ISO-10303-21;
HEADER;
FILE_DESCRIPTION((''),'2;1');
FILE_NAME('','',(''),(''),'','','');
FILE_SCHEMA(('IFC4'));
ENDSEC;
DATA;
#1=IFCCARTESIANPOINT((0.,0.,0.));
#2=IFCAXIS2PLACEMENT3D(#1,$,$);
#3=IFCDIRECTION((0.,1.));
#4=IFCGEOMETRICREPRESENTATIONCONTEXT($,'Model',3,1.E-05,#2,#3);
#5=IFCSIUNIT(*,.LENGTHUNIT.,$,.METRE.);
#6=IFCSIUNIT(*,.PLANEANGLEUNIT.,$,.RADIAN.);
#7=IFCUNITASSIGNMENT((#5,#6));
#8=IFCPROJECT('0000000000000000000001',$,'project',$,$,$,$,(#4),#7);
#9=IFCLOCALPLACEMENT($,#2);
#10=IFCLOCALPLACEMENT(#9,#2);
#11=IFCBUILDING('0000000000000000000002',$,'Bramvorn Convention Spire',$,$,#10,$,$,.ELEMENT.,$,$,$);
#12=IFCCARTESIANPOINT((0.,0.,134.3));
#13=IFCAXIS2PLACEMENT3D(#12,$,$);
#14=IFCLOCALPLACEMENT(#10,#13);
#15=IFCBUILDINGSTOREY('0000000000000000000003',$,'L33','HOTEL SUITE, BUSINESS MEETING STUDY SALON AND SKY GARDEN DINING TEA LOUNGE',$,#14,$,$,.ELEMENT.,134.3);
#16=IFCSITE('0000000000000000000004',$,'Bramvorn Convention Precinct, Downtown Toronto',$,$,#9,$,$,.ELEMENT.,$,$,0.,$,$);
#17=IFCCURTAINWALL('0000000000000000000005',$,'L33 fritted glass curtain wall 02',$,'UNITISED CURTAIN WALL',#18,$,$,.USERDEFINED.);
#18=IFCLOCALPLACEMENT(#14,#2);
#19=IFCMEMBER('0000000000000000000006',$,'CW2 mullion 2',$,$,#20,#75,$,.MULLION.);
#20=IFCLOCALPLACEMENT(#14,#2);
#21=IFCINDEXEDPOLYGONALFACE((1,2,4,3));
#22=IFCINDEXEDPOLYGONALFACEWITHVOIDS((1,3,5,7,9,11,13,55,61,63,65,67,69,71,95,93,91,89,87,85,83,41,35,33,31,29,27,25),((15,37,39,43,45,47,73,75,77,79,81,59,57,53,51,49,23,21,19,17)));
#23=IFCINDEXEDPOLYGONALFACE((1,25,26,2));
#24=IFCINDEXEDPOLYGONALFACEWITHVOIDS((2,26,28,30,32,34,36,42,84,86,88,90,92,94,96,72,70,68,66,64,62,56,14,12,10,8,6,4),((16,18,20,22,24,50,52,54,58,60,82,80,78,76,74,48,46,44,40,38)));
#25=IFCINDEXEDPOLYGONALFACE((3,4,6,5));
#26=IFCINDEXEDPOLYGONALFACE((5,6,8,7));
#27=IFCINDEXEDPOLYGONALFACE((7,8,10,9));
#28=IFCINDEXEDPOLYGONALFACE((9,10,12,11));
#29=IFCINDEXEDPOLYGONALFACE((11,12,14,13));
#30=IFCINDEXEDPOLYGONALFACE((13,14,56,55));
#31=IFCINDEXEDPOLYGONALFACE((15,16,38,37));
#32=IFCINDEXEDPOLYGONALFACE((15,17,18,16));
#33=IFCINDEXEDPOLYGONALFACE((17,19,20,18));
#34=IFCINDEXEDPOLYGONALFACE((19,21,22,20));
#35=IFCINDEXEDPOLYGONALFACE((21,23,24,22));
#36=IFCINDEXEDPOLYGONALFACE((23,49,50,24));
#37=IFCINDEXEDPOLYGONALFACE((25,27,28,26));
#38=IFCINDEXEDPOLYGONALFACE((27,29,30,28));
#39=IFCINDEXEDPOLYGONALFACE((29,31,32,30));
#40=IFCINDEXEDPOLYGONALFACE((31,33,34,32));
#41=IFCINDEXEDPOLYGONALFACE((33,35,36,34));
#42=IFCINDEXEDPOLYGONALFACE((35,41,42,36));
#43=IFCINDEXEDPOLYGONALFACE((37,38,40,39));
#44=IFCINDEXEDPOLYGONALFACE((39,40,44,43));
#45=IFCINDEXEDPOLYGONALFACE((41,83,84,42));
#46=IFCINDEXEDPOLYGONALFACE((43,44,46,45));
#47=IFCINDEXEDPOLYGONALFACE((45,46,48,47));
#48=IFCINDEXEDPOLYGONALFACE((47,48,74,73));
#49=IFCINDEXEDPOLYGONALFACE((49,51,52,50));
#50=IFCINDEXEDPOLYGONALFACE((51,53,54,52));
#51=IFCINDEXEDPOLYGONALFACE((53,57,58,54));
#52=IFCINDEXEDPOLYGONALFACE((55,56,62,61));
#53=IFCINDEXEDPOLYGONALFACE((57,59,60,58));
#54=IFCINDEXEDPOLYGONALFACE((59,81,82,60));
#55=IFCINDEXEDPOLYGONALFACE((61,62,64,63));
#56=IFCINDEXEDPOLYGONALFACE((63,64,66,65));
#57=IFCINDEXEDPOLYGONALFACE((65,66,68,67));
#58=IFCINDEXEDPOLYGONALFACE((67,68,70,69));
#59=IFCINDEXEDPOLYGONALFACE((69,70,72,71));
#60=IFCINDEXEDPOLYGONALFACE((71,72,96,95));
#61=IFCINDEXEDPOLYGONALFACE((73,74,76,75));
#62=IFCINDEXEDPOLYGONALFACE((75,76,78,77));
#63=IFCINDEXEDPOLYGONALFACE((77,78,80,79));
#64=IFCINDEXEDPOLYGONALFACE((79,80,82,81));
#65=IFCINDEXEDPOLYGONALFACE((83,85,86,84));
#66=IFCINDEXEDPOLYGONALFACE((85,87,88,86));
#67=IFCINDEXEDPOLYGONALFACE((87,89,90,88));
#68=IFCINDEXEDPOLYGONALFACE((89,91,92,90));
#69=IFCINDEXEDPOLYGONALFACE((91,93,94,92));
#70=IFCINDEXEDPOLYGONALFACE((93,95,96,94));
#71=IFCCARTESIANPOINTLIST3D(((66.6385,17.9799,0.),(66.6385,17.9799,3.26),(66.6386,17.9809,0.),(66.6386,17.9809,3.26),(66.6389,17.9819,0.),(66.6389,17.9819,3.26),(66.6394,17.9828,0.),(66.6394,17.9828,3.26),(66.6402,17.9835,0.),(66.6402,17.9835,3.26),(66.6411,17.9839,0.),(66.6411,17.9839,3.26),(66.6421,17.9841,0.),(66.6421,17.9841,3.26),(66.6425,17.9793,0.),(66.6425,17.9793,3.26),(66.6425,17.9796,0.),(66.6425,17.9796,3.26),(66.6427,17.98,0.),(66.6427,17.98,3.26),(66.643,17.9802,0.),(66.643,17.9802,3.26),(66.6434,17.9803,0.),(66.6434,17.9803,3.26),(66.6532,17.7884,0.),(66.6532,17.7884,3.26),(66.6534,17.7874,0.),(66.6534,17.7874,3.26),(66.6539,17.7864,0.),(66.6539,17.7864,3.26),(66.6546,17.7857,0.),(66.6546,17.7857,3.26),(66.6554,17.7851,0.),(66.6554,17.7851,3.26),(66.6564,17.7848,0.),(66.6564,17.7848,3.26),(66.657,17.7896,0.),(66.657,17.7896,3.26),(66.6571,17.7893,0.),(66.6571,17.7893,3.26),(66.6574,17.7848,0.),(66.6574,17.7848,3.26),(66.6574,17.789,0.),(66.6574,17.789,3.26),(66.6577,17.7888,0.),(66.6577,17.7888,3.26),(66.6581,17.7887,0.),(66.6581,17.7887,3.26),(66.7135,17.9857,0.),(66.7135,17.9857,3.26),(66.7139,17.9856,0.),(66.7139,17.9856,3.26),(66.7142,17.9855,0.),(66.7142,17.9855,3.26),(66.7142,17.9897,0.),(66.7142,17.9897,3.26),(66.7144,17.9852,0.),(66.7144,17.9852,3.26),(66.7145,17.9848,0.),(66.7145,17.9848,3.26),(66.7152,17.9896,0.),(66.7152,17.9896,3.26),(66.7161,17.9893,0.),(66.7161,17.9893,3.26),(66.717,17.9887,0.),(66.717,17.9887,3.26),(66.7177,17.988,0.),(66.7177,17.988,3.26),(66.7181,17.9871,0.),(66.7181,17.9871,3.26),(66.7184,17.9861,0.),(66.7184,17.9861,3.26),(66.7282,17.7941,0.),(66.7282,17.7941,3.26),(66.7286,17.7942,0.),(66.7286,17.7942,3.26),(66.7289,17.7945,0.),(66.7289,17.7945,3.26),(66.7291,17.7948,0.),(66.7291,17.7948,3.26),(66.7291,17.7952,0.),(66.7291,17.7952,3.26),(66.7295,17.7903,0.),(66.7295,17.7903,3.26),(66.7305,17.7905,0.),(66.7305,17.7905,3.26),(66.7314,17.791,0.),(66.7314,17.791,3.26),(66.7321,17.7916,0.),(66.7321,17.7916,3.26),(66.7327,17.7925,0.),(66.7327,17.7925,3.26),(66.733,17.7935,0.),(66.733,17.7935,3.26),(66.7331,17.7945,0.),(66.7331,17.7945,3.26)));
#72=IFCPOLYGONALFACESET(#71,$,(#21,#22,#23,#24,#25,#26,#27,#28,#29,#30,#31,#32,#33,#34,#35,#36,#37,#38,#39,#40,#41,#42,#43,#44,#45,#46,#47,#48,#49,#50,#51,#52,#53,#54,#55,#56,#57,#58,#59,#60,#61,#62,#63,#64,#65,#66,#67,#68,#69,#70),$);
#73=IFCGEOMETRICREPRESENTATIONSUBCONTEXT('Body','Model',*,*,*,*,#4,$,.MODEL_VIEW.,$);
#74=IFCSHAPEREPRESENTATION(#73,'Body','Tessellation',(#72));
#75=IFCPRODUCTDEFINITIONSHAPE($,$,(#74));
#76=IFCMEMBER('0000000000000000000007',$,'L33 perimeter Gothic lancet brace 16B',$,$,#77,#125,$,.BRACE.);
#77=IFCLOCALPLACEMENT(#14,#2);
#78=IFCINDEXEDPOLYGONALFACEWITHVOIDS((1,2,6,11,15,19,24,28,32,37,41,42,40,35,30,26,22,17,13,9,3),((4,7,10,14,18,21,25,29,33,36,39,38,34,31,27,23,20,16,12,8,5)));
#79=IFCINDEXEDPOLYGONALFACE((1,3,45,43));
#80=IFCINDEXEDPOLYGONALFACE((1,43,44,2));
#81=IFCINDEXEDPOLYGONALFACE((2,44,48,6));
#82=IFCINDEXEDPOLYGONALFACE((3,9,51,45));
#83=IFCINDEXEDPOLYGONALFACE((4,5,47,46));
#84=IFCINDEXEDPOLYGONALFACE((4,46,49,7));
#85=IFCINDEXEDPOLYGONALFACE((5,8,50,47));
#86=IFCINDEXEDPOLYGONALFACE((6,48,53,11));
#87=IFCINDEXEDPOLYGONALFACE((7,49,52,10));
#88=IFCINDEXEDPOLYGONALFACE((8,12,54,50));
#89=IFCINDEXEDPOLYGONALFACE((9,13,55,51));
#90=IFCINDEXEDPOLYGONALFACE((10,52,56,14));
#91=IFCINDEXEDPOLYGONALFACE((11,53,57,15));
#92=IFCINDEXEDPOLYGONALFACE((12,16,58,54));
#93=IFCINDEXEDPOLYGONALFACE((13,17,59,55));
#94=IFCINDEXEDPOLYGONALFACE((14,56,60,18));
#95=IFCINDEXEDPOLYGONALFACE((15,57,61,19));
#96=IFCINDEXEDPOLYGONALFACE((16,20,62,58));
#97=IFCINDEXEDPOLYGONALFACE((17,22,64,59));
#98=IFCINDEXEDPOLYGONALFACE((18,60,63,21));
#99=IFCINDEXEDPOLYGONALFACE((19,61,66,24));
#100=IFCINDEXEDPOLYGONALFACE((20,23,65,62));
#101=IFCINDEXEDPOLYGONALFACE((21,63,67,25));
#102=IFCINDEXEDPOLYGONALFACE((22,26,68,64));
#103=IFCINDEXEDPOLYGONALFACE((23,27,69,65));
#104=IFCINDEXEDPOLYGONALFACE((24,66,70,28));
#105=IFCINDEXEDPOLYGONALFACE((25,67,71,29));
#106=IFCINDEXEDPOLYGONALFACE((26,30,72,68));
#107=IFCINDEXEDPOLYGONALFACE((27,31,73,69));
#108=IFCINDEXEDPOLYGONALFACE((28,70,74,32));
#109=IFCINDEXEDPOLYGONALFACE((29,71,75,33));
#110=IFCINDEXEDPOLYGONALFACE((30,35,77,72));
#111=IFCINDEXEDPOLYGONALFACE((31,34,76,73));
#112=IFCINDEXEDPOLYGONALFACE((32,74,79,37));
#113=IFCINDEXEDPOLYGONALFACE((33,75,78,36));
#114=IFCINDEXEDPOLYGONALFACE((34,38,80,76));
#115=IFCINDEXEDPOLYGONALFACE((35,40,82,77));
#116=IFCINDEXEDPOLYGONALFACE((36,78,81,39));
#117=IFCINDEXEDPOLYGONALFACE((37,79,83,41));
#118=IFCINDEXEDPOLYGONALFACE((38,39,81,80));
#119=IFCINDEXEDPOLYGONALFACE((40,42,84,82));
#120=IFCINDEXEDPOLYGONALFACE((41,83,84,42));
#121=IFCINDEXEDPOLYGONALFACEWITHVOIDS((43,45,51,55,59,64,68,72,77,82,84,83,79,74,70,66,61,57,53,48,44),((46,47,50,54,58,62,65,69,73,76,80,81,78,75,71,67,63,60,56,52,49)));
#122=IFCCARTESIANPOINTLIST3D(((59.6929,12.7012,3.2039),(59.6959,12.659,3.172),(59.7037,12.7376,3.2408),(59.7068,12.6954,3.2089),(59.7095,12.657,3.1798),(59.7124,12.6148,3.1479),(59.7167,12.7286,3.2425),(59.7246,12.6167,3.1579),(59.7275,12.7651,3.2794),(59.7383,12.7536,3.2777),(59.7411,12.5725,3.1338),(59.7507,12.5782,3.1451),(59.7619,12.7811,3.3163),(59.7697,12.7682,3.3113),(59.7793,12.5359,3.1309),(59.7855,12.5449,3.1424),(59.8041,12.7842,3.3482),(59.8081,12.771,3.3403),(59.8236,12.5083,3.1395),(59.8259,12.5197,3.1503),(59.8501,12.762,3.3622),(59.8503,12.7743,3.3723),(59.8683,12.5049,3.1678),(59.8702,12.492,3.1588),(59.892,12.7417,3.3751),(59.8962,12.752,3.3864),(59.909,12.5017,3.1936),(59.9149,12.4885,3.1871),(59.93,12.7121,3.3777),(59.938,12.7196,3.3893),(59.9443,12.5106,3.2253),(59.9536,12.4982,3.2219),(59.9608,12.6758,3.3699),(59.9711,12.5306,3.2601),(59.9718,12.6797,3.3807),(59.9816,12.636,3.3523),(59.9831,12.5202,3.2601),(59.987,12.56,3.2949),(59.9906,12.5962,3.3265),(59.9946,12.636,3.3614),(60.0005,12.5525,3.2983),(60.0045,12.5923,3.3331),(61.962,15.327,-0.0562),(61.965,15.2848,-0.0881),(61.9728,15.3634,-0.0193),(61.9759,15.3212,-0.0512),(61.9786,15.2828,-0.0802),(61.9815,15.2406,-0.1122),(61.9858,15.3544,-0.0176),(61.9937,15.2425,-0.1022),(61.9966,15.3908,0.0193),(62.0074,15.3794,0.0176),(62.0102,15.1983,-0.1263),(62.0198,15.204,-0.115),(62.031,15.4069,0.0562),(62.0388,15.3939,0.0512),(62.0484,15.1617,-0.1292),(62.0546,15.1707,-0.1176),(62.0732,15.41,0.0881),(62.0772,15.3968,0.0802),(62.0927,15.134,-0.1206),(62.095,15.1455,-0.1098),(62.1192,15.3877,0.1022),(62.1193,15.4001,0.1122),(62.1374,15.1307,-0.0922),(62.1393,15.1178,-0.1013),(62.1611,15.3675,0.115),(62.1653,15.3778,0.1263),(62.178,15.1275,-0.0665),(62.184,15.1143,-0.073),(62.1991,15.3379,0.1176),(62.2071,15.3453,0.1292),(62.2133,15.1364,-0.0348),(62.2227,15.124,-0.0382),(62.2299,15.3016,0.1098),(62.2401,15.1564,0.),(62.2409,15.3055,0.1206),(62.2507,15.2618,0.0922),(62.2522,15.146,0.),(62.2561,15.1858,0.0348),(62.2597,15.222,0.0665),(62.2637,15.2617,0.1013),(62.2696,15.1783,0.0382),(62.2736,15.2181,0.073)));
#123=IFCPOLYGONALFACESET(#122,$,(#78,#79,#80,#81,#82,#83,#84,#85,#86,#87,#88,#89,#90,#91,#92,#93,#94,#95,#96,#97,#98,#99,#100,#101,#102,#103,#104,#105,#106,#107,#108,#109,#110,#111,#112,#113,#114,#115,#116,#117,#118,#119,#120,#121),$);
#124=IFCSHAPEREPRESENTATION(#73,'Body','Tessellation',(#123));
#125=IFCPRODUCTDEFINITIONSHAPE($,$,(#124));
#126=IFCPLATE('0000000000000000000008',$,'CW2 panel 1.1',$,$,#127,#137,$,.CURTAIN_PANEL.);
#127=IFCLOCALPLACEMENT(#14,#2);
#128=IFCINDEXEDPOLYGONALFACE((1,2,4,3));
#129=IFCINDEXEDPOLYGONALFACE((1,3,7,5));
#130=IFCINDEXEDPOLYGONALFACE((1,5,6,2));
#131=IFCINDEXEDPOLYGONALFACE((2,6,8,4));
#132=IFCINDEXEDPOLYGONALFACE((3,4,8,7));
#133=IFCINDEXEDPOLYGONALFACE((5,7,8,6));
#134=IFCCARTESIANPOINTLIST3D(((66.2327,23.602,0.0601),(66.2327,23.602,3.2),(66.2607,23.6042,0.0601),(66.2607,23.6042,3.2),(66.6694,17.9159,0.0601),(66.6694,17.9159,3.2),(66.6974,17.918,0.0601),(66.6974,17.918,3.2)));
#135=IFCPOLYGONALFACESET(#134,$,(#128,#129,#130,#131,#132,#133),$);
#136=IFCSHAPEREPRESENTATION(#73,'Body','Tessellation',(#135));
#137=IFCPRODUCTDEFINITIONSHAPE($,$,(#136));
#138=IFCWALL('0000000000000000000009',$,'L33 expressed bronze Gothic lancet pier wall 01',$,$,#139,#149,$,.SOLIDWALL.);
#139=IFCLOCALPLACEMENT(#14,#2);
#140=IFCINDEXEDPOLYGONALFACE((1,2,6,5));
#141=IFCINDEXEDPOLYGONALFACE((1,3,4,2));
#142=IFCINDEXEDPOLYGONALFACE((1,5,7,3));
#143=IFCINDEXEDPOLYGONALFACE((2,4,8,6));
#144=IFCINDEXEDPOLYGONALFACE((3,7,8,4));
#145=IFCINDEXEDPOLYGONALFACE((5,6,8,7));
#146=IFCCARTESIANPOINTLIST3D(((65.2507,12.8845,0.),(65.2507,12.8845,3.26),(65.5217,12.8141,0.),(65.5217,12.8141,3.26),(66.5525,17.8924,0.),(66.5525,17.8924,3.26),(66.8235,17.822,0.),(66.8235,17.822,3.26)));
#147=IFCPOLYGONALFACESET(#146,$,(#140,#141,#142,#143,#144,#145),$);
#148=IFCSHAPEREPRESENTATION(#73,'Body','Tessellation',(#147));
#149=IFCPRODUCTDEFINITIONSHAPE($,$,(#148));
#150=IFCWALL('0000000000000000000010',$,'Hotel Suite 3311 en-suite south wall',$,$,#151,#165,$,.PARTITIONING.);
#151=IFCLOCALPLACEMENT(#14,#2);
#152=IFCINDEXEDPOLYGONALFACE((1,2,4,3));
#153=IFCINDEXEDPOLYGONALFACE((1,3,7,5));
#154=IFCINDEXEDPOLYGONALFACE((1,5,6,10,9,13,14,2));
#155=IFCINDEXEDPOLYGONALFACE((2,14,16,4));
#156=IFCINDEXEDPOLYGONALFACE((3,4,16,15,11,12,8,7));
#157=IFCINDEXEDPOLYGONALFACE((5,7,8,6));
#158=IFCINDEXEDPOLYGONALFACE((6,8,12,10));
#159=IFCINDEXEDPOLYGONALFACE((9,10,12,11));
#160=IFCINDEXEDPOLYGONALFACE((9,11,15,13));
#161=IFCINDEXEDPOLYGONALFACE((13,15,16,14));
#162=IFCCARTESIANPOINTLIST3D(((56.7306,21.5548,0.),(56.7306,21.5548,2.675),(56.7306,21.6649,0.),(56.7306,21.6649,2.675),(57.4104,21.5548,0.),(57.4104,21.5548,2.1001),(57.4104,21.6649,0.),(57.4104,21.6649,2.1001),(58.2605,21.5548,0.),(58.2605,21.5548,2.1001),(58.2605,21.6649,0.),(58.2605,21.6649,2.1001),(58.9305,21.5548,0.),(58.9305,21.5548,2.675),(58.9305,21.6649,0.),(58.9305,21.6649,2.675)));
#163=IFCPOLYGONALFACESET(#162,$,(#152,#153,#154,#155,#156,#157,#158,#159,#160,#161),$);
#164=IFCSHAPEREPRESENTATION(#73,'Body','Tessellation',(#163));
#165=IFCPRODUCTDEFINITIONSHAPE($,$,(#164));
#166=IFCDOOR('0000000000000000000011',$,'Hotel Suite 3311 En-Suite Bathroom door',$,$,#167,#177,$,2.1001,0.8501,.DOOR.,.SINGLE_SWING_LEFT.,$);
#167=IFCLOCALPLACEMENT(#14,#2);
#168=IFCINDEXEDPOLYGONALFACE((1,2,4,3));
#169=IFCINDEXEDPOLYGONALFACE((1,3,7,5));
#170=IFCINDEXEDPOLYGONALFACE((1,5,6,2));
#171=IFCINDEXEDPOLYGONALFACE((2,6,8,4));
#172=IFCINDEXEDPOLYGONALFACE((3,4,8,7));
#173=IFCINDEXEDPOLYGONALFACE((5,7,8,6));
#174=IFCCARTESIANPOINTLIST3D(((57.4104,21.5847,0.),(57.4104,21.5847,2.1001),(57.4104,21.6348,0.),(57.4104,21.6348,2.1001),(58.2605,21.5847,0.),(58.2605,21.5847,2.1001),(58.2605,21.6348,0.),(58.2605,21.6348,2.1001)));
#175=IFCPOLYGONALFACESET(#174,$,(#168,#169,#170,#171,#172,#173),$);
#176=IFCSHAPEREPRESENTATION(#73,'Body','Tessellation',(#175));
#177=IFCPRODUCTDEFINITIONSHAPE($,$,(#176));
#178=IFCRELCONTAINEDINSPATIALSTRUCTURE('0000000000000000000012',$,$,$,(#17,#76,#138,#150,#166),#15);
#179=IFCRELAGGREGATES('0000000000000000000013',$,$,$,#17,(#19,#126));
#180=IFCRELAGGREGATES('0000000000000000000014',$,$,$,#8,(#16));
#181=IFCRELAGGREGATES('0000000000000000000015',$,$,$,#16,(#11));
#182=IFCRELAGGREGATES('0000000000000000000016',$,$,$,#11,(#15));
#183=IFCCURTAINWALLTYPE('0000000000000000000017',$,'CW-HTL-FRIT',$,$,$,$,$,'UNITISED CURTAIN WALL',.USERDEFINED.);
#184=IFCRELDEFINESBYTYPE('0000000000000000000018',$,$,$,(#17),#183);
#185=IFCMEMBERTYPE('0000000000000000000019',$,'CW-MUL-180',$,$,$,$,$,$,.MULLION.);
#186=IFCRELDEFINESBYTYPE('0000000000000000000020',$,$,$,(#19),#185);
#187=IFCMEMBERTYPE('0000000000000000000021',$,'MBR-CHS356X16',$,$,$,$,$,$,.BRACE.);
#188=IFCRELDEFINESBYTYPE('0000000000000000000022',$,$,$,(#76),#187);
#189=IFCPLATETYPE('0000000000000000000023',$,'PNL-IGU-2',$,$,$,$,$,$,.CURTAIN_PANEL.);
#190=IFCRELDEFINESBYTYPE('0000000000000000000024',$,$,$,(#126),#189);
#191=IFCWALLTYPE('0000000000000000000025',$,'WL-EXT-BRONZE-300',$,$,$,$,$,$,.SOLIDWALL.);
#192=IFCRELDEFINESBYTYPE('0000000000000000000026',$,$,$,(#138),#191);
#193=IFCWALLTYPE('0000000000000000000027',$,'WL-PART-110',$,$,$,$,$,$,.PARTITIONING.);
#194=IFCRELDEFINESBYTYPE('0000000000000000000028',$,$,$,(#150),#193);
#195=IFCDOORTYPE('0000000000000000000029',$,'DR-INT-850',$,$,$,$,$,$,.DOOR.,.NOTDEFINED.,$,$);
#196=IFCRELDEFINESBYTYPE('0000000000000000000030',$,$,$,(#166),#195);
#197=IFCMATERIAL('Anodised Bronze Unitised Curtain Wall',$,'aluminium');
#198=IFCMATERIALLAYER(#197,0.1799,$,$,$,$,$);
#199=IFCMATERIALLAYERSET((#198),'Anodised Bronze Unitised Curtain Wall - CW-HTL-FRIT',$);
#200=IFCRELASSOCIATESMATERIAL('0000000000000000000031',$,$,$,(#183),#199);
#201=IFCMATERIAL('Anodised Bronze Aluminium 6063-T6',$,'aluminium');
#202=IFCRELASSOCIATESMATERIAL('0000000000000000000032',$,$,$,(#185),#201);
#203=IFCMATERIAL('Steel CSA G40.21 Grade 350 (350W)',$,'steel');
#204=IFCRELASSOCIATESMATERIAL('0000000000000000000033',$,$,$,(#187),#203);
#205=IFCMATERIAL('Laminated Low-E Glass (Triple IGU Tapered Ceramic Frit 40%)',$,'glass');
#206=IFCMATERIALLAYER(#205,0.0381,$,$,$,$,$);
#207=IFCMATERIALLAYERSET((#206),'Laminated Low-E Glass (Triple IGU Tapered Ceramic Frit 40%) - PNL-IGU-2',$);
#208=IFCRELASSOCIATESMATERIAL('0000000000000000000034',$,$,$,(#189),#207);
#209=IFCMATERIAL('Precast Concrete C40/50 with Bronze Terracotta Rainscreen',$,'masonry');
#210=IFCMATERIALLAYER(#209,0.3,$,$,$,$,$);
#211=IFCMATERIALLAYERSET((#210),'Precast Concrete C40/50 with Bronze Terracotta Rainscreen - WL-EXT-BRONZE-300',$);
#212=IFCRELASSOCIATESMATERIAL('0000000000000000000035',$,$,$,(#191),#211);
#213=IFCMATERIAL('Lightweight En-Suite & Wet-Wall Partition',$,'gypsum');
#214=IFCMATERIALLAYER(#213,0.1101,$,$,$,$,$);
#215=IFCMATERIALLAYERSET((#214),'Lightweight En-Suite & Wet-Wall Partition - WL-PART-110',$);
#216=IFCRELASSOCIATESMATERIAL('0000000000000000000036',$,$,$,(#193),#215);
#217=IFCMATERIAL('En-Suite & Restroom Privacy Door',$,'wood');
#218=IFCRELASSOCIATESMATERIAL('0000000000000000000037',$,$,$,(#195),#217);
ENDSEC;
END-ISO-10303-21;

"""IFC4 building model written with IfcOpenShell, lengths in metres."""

from ifc_helpers import new_model, si_unit, direction, frame, frame_2d, origin, origin_2d, place, context, subcontext, project, spatial, rectangle, hollow_rectangle, hollow_circle, extrude, material, layer, layer_set, material_profile, profile_set, type_object, element, fill, aggregate, save


model = new_model("IFC4")

# Units and contexts
model_context = context("Model", 3, precision=1e-05, world=origin(), true_north=direction((0.0, 1.0)))
body_context = subcontext(model_context, "Body", "Model", "MODEL_VIEW")
ifc_project = project(units=[si_unit("LENGTHUNIT", "METRE"), si_unit("PLANEANGLEUNIT", "RADIAN")], contexts=[model_context])

# Site, building, storey
site_placement = place(None, origin())
site = spatial("IfcSite", under=ifc_project, at=site_placement, Name="Bramvorn Convention Precinct, Downtown Toronto", CompositionType="ELEMENT", RefElevation=0.0)
building_placement = place(site_placement, origin())
building = spatial("IfcBuilding", under=site, at=building_placement, Name="Bramvorn Convention Spire", CompositionType="ELEMENT")
storey_placement = place(building_placement, frame((0.0, 0.0, 134.3)))
storey = spatial("IfcBuildingStorey", under=building, at=storey_placement, Name="L33", Description="HOTEL SUITE, BUSINESS MEETING STUDY SALON AND SKY GARDEN DINING TEA LOUNGE", CompositionType="ELEMENT", Elevation=134.3)

# Shared definitions
ifc_material_1 = material(Name="Steel CSA G40.21 Grade 350 (350W)", Category="steel")

# Curtain wall, member
ifc_material_2 = material(Name="Anodised Bronze Unitised Curtain Wall", Category="aluminium")
ifc_layer_1 = layer(ifc_material_2, 0.1799)
ifc_layer_set_1 = layer_set([ifc_layer_1], Name="Anodised Bronze Unitised Curtain Wall - CW-HTL-FRIT")
curtain_wall_type = type_object("IfcCurtainWallType", Name="CW-HTL-FRIT", ElementType="UNITISED CURTAIN WALL", PredefinedType="USERDEFINED", material=ifc_layer_set_1)
curtain_wall_placement = place(storey_placement, origin())
curtain_wall = element("IfcCurtainWall", 1, at=curtain_wall_placement, inside=storey, type_object=curtain_wall_type, Name="L33 fritted glass curtain wall 02", ObjectType="UNITISED CURTAIN WALL", PredefinedType="USERDEFINED")
ifc_material_3 = material(Name="Anodised Bronze Aluminium 6063-T6", Category="aluminium")
ifc_material_profile_1 = material_profile(ifc_material_3, hollow_rectangle(XDim=0.0801, YDim=0.2, WallThickness=0.0039, InnerFilletRadius=0.001, OuterFilletRadius=0.0039, at=origin_2d()))
ifc_profile_set_1 = profile_set([ifc_material_profile_1], Name="Anodised Bronze Aluminium 6063-T6 - CWM80X200")
member_type_1 = type_object("IfcMemberType", Name="CW-MUL-180", PredefinedType="MULLION", material=ifc_profile_set_1)
member_1_placement = place(storey_placement, frame((66.6858, 17.8872, 0.0), z_axis=(0.0, 0.0, 1.0), x_axis=(0.997064, 0.076578, 0.0)))
member_1 = element("IfcMember", 2, at=member_1_placement, type_object=member_type_1, Name="CW2 mullion 2", PredefinedType="MULLION", context=body_context, shape_type="SweptSolid", body=[
    extrude(hollow_rectangle(XDim=0.0801, YDim=0.2, WallThickness=0.0039, InnerFilletRadius=0.001, OuterFilletRadius=0.0039, at=origin_2d()), origin(), (0.0, 0.0, 1.0), 3.26),
])

# Member
ifc_material_profile_2 = material_profile(ifc_material_1, hollow_circle(Radius=0.1777, WallThickness=0.0159, at=origin_2d()))
ifc_profile_set_2 = profile_set([ifc_material_profile_2], Name="Steel CSA G40.21 Grade 350 (350W) - CHS356X16")
member_type_2 = type_object("IfcMemberType", Name="MBR-CHS356X16", PredefinedType="BRACE", material=ifc_profile_set_2)
member_2_placement = place(storey_placement, frame((62.1177, 15.2622, 0.0), z_axis=(-0.476552, -0.551465, 0.684678), x_axis=(0.756628, -0.653845, 0.0)))
element("IfcMember", 3, at=member_2_placement, inside=storey, type_object=member_type_2, Name="L33 perimeter Gothic lancet brace 16B", PredefinedType="BRACE", context=body_context, shape_type="SweptSolid", body=[
    extrude(hollow_circle(Radius=0.1777, WallThickness=0.0159, at=origin_2d()), origin(), (0.0, 0.0, 1.0), 4.7615),
])

# Plate
ifc_material_4 = material(Name="Laminated Low-E Glass (Triple IGU Tapered Ceramic Frit 40%)", Category="glass")
ifc_layer_2 = layer(ifc_material_4, 0.0381)
ifc_layer_set_2 = layer_set([ifc_layer_2], Name="Laminated Low-E Glass (Triple IGU Tapered Ceramic Frit 40%) - PNL-IGU-2")
plate_type = type_object("IfcPlateType", Name="PNL-IGU-2", PredefinedType="CURTAIN_PANEL", material=ifc_layer_set_2)
plate_placement = place(storey_placement, frame((66.4651, 20.76, 0.0601), z_axis=(0.0, 0.0, 1.0), x_axis=(0.076578, -0.997064, 0.0)))
plate = element("IfcPlate", 4, at=plate_placement, type_object=plate_type, Name="CW2 panel 1.1", PredefinedType="CURTAIN_PANEL", context=body_context, shape_type="SweptSolid", body=[
    extrude(rectangle(XDim=5.7029, YDim=0.0281, at=origin_2d()), origin(), (0.0, 0.0, 1.0), 3.1399),
])
aggregate(curtain_wall, [member_1, plate])

# Wall
ifc_material_5 = material(Name="Precast Concrete C40/50 with Bronze Terracotta Rainscreen", Category="masonry")
ifc_layer_3 = layer(ifc_material_5, 0.3)
ifc_layer_set_3 = layer_set([ifc_layer_3], Name="Precast Concrete C40/50 with Bronze Terracotta Rainscreen - WL-EXT-BRONZE-300")
wall_type_1 = type_object("IfcWallType", Name="WL-EXT-BRONZE-300", PredefinedType="SOLIDWALL", material=ifc_layer_set_3)
wall_1_placement = place(storey_placement, frame((66.688, 17.8572, 0.0), z_axis=(0.0, 0.0, 1.0), x_axis=(-0.251584, -0.967835, 0.0)))
element("IfcWall", 5, at=wall_1_placement, inside=storey, type_object=wall_type_1, Name="L33 expressed bronze Gothic lancet pier wall 01", PredefinedType="SOLIDWALL", context=body_context, shape_type="SweptSolid", body=[
    extrude(rectangle(XDim=5.1743, YDim=0.28, at=frame_2d((2.5872, 0.0))), origin(), (0.0, 0.0, 1.0), 3.26),
])

# Wall, opening, door
ifc_material_6 = material(Name="Lightweight En-Suite & Wet-Wall Partition", Category="gypsum")
ifc_layer_4 = layer(ifc_material_6, 0.1101)
ifc_layer_set_4 = layer_set([ifc_layer_4], Name="Lightweight En-Suite & Wet-Wall Partition - WL-PART-110")
wall_type_2 = type_object("IfcWallType", Name="WL-PART-110", PredefinedType="PARTITIONING", material=ifc_layer_set_4)
wall_2_placement = place(storey_placement, frame((56.7305, 21.6099, 0.0), z_axis=(0.0, 0.0, 1.0), x_axis=(1.0, 0.0, 0.0)))
wall_2 = element("IfcWall", 6, at=wall_2_placement, inside=storey, type_object=wall_type_2, Name="Hotel Suite 3311 en-suite south wall", PredefinedType="PARTITIONING", context=body_context, shape_type="SweptSolid", body=[
    extrude(rectangle(XDim=2.2, YDim=0.1101, at=frame_2d((1.1001, 0.0))), origin(), (0.0, 0.0, 1.0), 2.675),
])
opening_1_placement = place(wall_2_placement, frame((0.6799, 0.0, 0.0)))
opening_1 = element("IfcOpeningElement", 7, at=opening_1_placement, cuts=wall_2, PredefinedType="OPENING", context=body_context, shape_type="SweptSolid", body=[
    extrude(rectangle(XDim=0.8501, YDim=2.1001, at=frame_2d((0.425, 1.05))), frame((0.0, 0.0649, 0.0), z_axis=(0.0, -1.0, 0.0), x_axis=(1.0, 0.0, 0.0)), (0.0, 0.0, 1.0), 0.1301),
])
ifc_material_7 = material(Name="En-Suite & Restroom Privacy Door", Category="wood")
door_type_1 = type_object("IfcDoorType", Name="DR-INT-850", OperationType="NOTDEFINED", PredefinedType="DOOR", material=ifc_material_7)
door_1_placement = place(opening_1_placement, origin())
door_1 = element("IfcDoor", 8, at=door_1_placement, inside=storey, type_object=door_type_1, Name="Hotel Suite 3311 En-Suite Bathroom door", OperationType="SINGLE_SWING_LEFT", OverallHeight=2.1001, OverallWidth=0.8501, PredefinedType="DOOR", context=body_context, shape_type="SweptSolid", body=[
    extrude(rectangle(XDim=0.8501, YDim=2.1001, at=frame_2d((0.425, 1.05))), frame((0.0, 0.0249, 0.0), z_axis=(0.0, -1.0, 0.0), x_axis=(1.0, 0.0, 0.0)), (0.0, 0.0, 1.0), 0.05),
])
fill(opening_1, door_1)

save(model, "model.ifc")
